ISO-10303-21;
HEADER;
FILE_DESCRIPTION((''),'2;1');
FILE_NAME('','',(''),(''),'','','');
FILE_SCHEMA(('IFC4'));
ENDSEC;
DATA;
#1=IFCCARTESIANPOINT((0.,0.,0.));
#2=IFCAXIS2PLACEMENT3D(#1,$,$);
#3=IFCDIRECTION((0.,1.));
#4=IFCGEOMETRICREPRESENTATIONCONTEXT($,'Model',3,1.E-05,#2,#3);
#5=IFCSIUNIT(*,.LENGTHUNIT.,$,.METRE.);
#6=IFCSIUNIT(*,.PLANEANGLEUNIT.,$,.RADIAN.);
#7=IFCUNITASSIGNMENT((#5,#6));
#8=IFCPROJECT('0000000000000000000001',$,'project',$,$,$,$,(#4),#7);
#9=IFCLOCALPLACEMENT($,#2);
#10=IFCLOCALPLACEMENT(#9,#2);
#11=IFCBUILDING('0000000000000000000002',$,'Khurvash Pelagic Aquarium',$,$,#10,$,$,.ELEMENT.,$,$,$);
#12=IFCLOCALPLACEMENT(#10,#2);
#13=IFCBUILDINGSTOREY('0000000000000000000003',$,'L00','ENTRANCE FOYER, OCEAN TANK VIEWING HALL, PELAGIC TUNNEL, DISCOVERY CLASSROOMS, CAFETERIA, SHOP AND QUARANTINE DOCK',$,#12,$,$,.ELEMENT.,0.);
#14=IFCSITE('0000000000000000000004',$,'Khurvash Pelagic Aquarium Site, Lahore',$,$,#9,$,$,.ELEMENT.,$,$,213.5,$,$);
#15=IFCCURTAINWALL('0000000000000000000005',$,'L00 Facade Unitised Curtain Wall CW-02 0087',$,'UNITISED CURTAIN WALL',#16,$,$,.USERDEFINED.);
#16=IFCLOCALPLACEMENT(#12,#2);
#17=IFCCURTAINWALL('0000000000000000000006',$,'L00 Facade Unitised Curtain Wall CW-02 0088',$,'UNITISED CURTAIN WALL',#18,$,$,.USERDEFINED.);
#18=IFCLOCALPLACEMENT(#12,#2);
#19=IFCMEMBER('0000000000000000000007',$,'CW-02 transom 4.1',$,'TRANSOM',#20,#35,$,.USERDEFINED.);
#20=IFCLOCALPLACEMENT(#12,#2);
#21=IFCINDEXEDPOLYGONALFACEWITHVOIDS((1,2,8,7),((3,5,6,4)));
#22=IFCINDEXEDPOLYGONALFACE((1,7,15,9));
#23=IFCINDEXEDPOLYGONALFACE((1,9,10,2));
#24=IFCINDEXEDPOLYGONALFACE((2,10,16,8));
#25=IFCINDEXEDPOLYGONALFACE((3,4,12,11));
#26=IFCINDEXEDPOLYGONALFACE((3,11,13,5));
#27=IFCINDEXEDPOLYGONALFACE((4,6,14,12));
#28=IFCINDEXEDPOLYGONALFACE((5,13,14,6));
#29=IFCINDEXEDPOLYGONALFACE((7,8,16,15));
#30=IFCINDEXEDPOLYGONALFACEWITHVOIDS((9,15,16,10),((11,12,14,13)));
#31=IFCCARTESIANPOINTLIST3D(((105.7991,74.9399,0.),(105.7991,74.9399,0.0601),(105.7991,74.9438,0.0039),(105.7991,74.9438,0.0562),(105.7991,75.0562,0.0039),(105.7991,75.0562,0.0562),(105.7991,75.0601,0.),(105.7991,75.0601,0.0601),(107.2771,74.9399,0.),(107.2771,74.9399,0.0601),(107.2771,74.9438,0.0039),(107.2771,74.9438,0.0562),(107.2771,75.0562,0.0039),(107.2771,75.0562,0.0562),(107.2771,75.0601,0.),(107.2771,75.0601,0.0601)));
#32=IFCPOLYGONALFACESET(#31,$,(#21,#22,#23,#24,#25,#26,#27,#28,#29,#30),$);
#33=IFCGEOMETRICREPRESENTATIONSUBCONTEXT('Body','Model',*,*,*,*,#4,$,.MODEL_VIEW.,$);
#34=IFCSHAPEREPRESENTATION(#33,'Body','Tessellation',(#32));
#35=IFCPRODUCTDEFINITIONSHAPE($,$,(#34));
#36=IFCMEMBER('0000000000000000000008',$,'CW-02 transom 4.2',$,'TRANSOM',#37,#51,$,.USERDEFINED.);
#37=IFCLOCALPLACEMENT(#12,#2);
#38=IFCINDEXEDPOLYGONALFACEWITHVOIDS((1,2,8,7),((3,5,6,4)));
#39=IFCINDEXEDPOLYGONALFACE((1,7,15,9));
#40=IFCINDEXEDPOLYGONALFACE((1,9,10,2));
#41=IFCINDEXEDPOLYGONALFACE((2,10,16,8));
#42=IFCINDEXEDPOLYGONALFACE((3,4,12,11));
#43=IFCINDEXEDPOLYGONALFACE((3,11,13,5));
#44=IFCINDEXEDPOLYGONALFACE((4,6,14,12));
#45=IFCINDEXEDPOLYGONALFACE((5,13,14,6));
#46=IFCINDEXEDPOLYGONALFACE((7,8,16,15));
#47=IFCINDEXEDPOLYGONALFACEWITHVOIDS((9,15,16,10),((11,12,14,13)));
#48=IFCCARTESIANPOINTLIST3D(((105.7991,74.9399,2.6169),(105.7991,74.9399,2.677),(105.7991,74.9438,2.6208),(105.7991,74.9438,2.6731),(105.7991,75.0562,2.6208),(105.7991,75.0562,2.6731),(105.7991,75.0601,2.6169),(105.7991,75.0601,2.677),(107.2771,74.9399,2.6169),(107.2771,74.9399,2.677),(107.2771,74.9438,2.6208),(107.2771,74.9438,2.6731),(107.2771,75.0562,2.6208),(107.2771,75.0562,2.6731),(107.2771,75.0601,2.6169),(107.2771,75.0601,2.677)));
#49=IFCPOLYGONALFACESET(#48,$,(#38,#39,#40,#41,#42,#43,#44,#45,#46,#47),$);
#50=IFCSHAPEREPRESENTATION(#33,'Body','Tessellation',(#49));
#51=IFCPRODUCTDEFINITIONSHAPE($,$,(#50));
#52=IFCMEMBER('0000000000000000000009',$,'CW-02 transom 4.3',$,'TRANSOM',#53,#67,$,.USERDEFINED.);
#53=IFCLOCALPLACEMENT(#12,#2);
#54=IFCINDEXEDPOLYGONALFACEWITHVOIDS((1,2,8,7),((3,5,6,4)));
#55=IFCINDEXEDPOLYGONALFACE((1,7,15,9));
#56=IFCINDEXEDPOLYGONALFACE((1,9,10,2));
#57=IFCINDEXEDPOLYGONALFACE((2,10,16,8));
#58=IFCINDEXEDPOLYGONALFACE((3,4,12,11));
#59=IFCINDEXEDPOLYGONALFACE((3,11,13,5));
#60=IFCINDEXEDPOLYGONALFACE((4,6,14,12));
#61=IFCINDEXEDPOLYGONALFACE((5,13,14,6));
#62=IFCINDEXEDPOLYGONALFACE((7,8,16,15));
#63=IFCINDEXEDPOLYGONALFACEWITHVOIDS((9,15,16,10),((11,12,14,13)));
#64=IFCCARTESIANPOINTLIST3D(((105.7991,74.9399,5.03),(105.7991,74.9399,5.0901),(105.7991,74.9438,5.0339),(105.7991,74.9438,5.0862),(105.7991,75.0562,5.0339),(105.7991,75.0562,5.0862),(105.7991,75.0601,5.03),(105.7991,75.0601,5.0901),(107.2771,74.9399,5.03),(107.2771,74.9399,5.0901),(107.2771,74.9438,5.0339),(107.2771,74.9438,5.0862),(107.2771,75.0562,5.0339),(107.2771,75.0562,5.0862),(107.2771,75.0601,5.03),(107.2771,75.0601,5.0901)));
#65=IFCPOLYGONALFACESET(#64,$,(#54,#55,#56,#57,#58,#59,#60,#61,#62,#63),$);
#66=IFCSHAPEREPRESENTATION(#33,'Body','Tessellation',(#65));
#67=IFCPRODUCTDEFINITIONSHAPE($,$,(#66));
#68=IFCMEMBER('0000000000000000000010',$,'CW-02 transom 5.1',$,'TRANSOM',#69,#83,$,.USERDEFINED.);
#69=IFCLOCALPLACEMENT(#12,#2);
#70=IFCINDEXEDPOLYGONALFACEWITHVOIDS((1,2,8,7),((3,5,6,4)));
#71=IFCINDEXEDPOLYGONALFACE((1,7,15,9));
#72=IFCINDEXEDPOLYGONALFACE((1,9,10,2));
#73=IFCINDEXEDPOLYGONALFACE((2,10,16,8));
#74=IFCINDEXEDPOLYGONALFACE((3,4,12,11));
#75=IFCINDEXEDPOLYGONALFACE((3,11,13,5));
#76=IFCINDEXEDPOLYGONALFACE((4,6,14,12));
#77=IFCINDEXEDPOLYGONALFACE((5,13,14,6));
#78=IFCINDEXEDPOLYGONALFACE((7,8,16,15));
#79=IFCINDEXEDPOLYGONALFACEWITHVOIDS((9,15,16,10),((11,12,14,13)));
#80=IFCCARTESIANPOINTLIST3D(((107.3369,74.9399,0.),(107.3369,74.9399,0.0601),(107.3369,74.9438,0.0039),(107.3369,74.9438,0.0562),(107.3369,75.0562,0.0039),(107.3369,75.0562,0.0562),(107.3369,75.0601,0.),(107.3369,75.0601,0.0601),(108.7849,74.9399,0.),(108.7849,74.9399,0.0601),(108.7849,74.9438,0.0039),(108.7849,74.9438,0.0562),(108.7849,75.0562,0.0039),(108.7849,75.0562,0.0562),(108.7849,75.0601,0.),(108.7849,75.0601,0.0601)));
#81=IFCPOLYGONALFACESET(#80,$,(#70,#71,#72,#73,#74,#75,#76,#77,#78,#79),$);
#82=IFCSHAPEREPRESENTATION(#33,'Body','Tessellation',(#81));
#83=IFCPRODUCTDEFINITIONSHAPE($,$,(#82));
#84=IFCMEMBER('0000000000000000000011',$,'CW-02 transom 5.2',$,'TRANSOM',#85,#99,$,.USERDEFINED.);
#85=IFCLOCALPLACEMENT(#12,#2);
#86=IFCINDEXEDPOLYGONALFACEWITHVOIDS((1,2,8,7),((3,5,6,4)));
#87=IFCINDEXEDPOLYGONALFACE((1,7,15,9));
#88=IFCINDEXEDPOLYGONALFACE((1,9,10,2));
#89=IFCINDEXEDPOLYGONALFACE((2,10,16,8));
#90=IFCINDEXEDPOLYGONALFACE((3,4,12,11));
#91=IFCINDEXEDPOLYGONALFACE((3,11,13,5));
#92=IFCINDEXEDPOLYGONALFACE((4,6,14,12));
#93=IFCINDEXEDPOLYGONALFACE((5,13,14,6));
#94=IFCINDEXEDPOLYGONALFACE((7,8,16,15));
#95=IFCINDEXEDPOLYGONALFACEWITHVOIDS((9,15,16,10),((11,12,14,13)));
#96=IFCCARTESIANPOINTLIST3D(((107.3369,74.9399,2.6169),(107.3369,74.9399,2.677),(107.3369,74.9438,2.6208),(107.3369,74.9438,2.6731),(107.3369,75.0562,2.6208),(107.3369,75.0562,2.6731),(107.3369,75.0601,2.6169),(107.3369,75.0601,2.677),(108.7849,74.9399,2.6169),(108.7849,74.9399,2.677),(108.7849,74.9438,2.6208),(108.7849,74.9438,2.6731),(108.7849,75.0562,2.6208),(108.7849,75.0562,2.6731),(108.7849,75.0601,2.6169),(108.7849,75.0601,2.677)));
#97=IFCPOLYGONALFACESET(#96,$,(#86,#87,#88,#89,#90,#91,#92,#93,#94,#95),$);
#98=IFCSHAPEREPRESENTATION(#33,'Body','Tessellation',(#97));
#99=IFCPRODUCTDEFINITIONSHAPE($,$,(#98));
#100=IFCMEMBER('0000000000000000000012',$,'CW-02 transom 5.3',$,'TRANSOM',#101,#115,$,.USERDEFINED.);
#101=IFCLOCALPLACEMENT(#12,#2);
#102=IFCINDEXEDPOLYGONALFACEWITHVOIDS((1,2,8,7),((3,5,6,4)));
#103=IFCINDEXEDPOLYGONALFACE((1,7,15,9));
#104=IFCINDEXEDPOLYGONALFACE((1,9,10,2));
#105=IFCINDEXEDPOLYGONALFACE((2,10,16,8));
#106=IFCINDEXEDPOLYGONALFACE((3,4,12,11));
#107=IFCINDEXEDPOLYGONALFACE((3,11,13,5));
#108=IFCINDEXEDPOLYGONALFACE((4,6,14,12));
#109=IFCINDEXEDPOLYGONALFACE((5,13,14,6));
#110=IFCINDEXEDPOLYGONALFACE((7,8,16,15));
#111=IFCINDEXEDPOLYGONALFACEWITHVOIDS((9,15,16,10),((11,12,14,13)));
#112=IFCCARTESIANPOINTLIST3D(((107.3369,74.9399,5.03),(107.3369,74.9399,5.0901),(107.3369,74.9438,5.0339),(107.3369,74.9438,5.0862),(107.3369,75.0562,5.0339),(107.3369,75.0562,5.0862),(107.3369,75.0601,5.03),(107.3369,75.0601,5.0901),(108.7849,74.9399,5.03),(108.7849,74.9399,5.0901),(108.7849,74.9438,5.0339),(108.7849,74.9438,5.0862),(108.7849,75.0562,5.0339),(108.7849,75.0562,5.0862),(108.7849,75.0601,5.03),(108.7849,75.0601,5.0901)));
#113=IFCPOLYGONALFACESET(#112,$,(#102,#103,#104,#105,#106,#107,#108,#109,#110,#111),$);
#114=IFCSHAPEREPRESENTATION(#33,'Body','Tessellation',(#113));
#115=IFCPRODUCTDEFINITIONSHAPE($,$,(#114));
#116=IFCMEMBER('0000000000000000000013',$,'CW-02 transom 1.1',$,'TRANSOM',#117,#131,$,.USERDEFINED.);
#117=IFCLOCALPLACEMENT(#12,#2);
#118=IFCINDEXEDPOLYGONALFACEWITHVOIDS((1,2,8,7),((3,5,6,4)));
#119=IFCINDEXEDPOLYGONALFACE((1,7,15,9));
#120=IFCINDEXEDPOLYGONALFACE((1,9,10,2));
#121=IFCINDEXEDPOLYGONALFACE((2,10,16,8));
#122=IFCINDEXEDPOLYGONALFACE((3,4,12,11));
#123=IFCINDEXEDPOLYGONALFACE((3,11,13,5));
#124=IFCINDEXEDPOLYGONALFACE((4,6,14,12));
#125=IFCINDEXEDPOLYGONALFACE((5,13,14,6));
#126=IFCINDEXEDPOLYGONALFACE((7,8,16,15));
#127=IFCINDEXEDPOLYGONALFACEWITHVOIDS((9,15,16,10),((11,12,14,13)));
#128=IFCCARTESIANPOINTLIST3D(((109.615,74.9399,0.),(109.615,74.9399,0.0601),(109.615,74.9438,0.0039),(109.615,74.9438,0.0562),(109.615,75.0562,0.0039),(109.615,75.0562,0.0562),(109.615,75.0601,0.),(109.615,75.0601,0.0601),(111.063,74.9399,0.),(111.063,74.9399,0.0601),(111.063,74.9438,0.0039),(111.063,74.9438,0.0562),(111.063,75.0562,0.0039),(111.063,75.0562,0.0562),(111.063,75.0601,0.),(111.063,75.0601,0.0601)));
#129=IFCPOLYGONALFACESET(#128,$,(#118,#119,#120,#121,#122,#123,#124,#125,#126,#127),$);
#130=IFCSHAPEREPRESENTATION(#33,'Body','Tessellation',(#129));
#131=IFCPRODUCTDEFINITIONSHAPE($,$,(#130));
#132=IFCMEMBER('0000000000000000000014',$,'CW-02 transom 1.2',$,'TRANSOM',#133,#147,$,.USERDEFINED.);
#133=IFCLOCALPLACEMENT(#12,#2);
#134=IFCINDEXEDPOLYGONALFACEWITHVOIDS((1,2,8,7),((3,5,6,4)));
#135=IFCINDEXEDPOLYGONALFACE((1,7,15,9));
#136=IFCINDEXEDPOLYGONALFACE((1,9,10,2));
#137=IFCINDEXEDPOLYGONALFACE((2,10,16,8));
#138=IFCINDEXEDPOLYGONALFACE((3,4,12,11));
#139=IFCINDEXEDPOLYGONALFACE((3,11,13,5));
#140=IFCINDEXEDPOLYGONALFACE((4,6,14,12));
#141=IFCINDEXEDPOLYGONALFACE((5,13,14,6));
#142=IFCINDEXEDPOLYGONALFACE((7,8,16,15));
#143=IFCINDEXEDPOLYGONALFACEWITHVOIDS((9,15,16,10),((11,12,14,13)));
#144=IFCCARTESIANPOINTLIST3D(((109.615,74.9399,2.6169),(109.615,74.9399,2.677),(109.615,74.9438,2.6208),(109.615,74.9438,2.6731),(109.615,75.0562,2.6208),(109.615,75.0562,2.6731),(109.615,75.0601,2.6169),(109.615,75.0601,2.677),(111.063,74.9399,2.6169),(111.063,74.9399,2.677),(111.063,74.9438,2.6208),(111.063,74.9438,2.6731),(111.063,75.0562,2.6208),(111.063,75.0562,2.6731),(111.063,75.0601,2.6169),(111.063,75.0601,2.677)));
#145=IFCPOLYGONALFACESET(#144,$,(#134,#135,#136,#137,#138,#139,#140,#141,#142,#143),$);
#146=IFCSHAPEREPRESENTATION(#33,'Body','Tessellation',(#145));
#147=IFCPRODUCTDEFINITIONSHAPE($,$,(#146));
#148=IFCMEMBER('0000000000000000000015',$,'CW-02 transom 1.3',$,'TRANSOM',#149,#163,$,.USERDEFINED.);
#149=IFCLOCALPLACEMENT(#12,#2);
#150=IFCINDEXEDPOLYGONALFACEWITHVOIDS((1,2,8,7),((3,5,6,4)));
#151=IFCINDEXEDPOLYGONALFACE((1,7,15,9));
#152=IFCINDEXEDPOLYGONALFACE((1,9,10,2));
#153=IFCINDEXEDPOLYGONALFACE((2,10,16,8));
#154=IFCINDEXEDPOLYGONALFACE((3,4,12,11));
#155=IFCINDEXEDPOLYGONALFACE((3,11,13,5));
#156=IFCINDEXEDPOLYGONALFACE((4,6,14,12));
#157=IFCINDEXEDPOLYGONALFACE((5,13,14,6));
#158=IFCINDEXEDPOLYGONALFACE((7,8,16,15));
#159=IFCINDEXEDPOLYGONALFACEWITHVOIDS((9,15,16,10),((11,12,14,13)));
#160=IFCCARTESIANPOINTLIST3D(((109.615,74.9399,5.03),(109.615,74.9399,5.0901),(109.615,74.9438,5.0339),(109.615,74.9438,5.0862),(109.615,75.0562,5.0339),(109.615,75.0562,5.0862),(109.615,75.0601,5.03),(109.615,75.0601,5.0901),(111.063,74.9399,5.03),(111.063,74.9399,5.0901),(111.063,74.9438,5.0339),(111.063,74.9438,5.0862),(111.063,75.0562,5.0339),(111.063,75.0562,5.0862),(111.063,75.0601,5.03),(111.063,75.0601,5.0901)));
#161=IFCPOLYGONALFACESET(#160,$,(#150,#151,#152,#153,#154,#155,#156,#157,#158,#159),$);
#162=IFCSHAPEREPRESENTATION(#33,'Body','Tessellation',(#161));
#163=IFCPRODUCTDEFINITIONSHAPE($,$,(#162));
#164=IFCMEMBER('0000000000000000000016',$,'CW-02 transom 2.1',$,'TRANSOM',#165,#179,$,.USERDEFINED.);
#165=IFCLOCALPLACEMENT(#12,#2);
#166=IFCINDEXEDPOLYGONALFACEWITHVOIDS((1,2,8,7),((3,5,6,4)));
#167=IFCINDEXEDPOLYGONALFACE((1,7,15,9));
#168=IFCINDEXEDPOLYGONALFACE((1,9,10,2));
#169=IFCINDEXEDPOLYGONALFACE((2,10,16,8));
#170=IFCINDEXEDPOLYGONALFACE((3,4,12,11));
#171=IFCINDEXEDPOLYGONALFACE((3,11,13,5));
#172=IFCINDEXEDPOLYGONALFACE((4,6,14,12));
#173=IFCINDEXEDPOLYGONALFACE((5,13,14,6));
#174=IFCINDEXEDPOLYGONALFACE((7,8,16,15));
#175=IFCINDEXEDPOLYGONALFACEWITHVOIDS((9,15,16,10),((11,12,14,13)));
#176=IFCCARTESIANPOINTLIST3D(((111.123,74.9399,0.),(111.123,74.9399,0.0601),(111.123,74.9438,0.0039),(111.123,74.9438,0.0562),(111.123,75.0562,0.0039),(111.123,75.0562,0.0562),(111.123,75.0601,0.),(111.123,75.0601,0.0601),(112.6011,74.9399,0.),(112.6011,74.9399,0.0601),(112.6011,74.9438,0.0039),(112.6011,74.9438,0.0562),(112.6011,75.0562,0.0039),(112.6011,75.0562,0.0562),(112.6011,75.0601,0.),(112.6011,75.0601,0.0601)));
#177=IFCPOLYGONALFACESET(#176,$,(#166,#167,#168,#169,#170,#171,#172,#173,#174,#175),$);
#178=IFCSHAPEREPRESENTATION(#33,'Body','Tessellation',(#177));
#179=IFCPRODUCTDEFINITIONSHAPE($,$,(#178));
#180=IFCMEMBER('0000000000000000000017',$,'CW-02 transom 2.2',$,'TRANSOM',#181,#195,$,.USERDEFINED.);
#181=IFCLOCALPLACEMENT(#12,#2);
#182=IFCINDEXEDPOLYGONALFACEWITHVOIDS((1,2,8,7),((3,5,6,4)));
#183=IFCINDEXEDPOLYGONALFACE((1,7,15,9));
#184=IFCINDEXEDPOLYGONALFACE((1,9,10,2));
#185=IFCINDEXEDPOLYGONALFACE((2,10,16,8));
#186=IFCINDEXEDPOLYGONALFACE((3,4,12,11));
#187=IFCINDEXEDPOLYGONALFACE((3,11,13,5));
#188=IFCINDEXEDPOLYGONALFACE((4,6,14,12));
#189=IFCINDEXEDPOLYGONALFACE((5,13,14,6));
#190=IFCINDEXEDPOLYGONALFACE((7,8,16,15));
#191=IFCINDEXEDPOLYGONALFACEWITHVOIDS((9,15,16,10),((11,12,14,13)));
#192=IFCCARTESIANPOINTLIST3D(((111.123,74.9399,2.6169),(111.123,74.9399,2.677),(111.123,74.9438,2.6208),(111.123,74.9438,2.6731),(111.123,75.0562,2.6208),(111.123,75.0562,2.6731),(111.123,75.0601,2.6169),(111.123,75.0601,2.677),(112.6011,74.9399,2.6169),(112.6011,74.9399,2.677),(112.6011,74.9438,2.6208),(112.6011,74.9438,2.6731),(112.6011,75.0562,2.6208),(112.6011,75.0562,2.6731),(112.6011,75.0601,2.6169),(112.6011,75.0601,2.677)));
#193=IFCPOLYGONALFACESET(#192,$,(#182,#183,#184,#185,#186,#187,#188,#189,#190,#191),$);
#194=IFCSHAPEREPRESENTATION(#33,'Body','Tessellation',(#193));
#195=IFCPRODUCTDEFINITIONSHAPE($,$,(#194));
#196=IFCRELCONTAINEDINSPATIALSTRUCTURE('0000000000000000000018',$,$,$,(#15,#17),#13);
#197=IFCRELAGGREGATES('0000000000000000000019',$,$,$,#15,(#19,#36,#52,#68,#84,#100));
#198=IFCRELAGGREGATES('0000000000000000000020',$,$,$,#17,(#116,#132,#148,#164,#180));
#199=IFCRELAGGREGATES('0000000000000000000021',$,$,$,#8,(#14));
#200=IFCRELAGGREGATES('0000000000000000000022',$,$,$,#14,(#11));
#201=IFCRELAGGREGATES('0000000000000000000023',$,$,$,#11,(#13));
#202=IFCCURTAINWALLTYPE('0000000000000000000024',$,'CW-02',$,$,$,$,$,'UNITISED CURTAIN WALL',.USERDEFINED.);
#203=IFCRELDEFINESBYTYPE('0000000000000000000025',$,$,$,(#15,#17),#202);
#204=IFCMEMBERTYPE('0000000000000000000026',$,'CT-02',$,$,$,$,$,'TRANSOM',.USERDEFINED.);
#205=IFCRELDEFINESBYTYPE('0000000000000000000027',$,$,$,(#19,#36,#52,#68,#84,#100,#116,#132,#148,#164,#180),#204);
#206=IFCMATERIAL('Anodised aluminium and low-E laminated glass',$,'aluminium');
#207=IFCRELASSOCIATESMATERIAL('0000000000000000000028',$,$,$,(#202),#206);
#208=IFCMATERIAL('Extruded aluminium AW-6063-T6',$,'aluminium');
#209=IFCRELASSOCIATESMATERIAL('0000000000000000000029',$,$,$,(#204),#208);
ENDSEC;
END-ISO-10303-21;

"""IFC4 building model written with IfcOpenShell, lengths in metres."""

from ifc_helpers import new_model, si_unit, direction, frame, origin, origin_2d, place, context, subcontext, project, spatial, hollow_rectangle, extrude, material, material_profile, profile_set, type_object, element, aggregate, save


model = new_model("IFC4")

# Units and contexts
model_context = context("Model", 3, precision=1e-05, world=origin(), true_north=direction((0.0, 1.0)))
body_context = subcontext(model_context, "Body", "Model", "MODEL_VIEW")
ifc_project = project(units=[si_unit("LENGTHUNIT", "METRE"), si_unit("PLANEANGLEUNIT", "RADIAN")], contexts=[model_context])

# Site, building, storey
site_placement = place(None, origin())
site = spatial("IfcSite", under=ifc_project, at=site_placement, Name="Khurvash Pelagic Aquarium Site, Lahore", CompositionType="ELEMENT", RefElevation=213.5)
building_placement = place(site_placement, origin())
building = spatial("IfcBuilding", under=site, at=building_placement, Name="Khurvash Pelagic Aquarium", CompositionType="ELEMENT")
storey_placement = place(building_placement, origin())
storey = spatial("IfcBuildingStorey", under=building, at=storey_placement, Name="L00", Description="ENTRANCE FOYER, OCEAN TANK VIEWING HALL, PELAGIC TUNNEL, DISCOVERY CLASSROOMS, CAFETERIA, SHOP AND QUARANTINE DOCK", CompositionType="ELEMENT", Elevation=0.0)

# Curtain walls
ifc_material_1 = material(Name="Anodised aluminium and low-E laminated glass", Category="aluminium")
curtain_wall_type = type_object("IfcCurtainWallType", Name="CW-02", ElementType="UNITISED CURTAIN WALL", PredefinedType="USERDEFINED", material=ifc_material_1)
curtain_wall_1_placement = place(storey_placement, origin())
curtain_wall_1 = element("IfcCurtainWall", 1, at=curtain_wall_1_placement, inside=storey, type_object=curtain_wall_type, Name="L00 Facade Unitised Curtain Wall CW-02 0087", ObjectType="UNITISED CURTAIN WALL", PredefinedType="USERDEFINED")
ifc_material_2 = material(Name="Extruded aluminium AW-6063-T6", Category="aluminium")
curtain_wall_2_placement = place(storey_placement, origin())
curtain_wall_2 = element("IfcCurtainWall", 2, at=curtain_wall_2_placement, inside=storey, type_object=curtain_wall_type, Name="L00 Facade Unitised Curtain Wall CW-02 0088", ObjectType="UNITISED CURTAIN WALL", PredefinedType="USERDEFINED")

# Members
ifc_material_profile_1 = material_profile(ifc_material_2, hollow_rectangle(XDim=0.1201, YDim=0.0601, WallThickness=0.0039, at=origin_2d()), Name="CWT120X60X4")
ifc_profile_set_1 = profile_set([ifc_material_profile_1], Name="Extruded aluminium AW-6063-T6")
member_type_1 = type_object("IfcMemberType", Name="CT-02", ElementType="TRANSOM", PredefinedType="USERDEFINED", material=ifc_profile_set_1)
member_1_placement = place(storey_placement, frame((105.7991, 75.0, 0.03), z_axis=(1.0, 0.0, 0.0), x_axis=(0.0, 1.0, 0.0)))
member_1 = element("IfcMember", 3, at=member_1_placement, type_object=member_type_1, Name="CW-02 transom 4.1", ObjectType="TRANSOM", PredefinedType="USERDEFINED", context=body_context, shape_type="SweptSolid", body=[
    extrude(hollow_rectangle(XDim=0.1201, YDim=0.0601, WallThickness=0.0039, at=origin_2d()), origin(), (0.0, 0.0, 1.0), 1.478),
])
member_2_placement = place(storey_placement, frame((105.7991, 75.0, 2.647), z_axis=(1.0, 0.0, 0.0), x_axis=(0.0, 1.0, 0.0)))
member_2 = element("IfcMember", 4, at=member_2_placement, type_object=member_type_1, Name="CW-02 transom 4.2", ObjectType="TRANSOM", PredefinedType="USERDEFINED", context=body_context, shape_type="SweptSolid", body=[
    extrude(hollow_rectangle(XDim=0.1201, YDim=0.0601, WallThickness=0.0039, at=origin_2d()), origin(), (0.0, 0.0, 1.0), 1.478),
])
member_3_placement = place(storey_placement, frame((105.7991, 75.0, 5.0601), z_axis=(1.0, 0.0, 0.0), x_axis=(0.0, 1.0, 0.0)))
member_3 = element("IfcMember", 5, at=member_3_placement, type_object=member_type_1, Name="CW-02 transom 4.3", ObjectType="TRANSOM", PredefinedType="USERDEFINED", context=body_context, shape_type="SweptSolid", body=[
    extrude(hollow_rectangle(XDim=0.1201, YDim=0.0601, WallThickness=0.0039, at=origin_2d()), origin(), (0.0, 0.0, 1.0), 1.478),
])
member_4_placement = place(storey_placement, frame((107.3369, 75.0, 0.03), z_axis=(1.0, 0.0, 0.0), x_axis=(0.0, 1.0, 0.0)))
member_4 = element("IfcMember", 6, at=member_4_placement, type_object=member_type_1, Name="CW-02 transom 5.1", ObjectType="TRANSOM", PredefinedType="USERDEFINED", context=body_context, shape_type="SweptSolid", body=[
    extrude(hollow_rectangle(XDim=0.1201, YDim=0.0601, WallThickness=0.0039, at=origin_2d()), origin(), (0.0, 0.0, 1.0), 1.448),
])
member_5_placement = place(storey_placement, frame((107.3369, 75.0, 2.647), z_axis=(1.0, 0.0, 0.0), x_axis=(0.0, 1.0, 0.0)))
member_5 = element("IfcMember", 7, at=member_5_placement, type_object=member_type_1, Name="CW-02 transom 5.2", ObjectType="TRANSOM", PredefinedType="USERDEFINED", context=body_context, shape_type="SweptSolid", body=[
    extrude(hollow_rectangle(XDim=0.1201, YDim=0.0601, WallThickness=0.0039, at=origin_2d()), origin(), (0.0, 0.0, 1.0), 1.448),
])
member_6_placement = place(storey_placement, frame((107.3369, 75.0, 5.0601), z_axis=(1.0, 0.0, 0.0), x_axis=(0.0, 1.0, 0.0)))
member_6 = element("IfcMember", 8, at=member_6_placement, type_object=member_type_1, Name="CW-02 transom 5.3", ObjectType="TRANSOM", PredefinedType="USERDEFINED", context=body_context, shape_type="SweptSolid", body=[
    extrude(hollow_rectangle(XDim=0.1201, YDim=0.0601, WallThickness=0.0039, at=origin_2d()), origin(), (0.0, 0.0, 1.0), 1.448),
])
member_7_placement = place(storey_placement, frame((109.615, 75.0, 0.03), z_axis=(1.0, 0.0, 0.0), x_axis=(0.0, 1.0, 0.0)))
member_7 = element("IfcMember", 9, at=member_7_placement, type_object=member_type_1, Name="CW-02 transom 1.1", ObjectType="TRANSOM", PredefinedType="USERDEFINED", context=body_context, shape_type="SweptSolid", body=[
    extrude(hollow_rectangle(XDim=0.1201, YDim=0.0601, WallThickness=0.0039, at=origin_2d()), origin(), (0.0, 0.0, 1.0), 1.448),
])
member_8_placement = place(storey_placement, frame((109.615, 75.0, 2.647), z_axis=(1.0, 0.0, 0.0), x_axis=(0.0, 1.0, 0.0)))
member_8 = element("IfcMember", 10, at=member_8_placement, type_object=member_type_1, Name="CW-02 transom 1.2", ObjectType="TRANSOM", PredefinedType="USERDEFINED", context=body_context, shape_type="SweptSolid", body=[
    extrude(hollow_rectangle(XDim=0.1201, YDim=0.0601, WallThickness=0.0039, at=origin_2d()), origin(), (0.0, 0.0, 1.0), 1.448),
])
member_9_placement = place(storey_placement, frame((109.615, 75.0, 5.0601), z_axis=(1.0, 0.0, 0.0), x_axis=(0.0, 1.0, 0.0)))
member_9 = element("IfcMember", 11, at=member_9_placement, type_object=member_type_1, Name="CW-02 transom 1.3", ObjectType="TRANSOM", PredefinedType="USERDEFINED", context=body_context, shape_type="SweptSolid", body=[
    extrude(hollow_rectangle(XDim=0.1201, YDim=0.0601, WallThickness=0.0039, at=origin_2d()), origin(), (0.0, 0.0, 1.0), 1.448),
])
member_10_placement = place(storey_placement, frame((111.123, 75.0, 0.03), z_axis=(1.0, 0.0, 0.0), x_axis=(0.0, 1.0, 0.0)))
member_10 = element("IfcMember", 12, at=member_10_placement, type_object=member_type_1, Name="CW-02 transom 2.1", ObjectType="TRANSOM", PredefinedType="USERDEFINED", context=body_context, shape_type="SweptSolid", body=[
    extrude(hollow_rectangle(XDim=0.1201, YDim=0.0601, WallThickness=0.0039, at=origin_2d()), origin(), (0.0, 0.0, 1.0), 1.478),
])
member_11_placement = place(storey_placement, frame((111.123, 75.0, 2.647), z_axis=(1.0, 0.0, 0.0), x_axis=(0.0, 1.0, 0.0)))
member_11 = element("IfcMember", 13, at=member_11_placement, type_object=member_type_1, Name="CW-02 transom 2.2", ObjectType="TRANSOM", PredefinedType="USERDEFINED", context=body_context, shape_type="SweptSolid", body=[
    extrude(hollow_rectangle(XDim=0.1201, YDim=0.0601, WallThickness=0.0039, at=origin_2d()), origin(), (0.0, 0.0, 1.0), 1.478),
])

aggregate(curtain_wall_1, [member_1, member_2, member_3, member_4, member_5, member_6])
aggregate(curtain_wall_2, [member_7, member_8, member_9, member_10, member_11])

save(model, "model.ifc")
